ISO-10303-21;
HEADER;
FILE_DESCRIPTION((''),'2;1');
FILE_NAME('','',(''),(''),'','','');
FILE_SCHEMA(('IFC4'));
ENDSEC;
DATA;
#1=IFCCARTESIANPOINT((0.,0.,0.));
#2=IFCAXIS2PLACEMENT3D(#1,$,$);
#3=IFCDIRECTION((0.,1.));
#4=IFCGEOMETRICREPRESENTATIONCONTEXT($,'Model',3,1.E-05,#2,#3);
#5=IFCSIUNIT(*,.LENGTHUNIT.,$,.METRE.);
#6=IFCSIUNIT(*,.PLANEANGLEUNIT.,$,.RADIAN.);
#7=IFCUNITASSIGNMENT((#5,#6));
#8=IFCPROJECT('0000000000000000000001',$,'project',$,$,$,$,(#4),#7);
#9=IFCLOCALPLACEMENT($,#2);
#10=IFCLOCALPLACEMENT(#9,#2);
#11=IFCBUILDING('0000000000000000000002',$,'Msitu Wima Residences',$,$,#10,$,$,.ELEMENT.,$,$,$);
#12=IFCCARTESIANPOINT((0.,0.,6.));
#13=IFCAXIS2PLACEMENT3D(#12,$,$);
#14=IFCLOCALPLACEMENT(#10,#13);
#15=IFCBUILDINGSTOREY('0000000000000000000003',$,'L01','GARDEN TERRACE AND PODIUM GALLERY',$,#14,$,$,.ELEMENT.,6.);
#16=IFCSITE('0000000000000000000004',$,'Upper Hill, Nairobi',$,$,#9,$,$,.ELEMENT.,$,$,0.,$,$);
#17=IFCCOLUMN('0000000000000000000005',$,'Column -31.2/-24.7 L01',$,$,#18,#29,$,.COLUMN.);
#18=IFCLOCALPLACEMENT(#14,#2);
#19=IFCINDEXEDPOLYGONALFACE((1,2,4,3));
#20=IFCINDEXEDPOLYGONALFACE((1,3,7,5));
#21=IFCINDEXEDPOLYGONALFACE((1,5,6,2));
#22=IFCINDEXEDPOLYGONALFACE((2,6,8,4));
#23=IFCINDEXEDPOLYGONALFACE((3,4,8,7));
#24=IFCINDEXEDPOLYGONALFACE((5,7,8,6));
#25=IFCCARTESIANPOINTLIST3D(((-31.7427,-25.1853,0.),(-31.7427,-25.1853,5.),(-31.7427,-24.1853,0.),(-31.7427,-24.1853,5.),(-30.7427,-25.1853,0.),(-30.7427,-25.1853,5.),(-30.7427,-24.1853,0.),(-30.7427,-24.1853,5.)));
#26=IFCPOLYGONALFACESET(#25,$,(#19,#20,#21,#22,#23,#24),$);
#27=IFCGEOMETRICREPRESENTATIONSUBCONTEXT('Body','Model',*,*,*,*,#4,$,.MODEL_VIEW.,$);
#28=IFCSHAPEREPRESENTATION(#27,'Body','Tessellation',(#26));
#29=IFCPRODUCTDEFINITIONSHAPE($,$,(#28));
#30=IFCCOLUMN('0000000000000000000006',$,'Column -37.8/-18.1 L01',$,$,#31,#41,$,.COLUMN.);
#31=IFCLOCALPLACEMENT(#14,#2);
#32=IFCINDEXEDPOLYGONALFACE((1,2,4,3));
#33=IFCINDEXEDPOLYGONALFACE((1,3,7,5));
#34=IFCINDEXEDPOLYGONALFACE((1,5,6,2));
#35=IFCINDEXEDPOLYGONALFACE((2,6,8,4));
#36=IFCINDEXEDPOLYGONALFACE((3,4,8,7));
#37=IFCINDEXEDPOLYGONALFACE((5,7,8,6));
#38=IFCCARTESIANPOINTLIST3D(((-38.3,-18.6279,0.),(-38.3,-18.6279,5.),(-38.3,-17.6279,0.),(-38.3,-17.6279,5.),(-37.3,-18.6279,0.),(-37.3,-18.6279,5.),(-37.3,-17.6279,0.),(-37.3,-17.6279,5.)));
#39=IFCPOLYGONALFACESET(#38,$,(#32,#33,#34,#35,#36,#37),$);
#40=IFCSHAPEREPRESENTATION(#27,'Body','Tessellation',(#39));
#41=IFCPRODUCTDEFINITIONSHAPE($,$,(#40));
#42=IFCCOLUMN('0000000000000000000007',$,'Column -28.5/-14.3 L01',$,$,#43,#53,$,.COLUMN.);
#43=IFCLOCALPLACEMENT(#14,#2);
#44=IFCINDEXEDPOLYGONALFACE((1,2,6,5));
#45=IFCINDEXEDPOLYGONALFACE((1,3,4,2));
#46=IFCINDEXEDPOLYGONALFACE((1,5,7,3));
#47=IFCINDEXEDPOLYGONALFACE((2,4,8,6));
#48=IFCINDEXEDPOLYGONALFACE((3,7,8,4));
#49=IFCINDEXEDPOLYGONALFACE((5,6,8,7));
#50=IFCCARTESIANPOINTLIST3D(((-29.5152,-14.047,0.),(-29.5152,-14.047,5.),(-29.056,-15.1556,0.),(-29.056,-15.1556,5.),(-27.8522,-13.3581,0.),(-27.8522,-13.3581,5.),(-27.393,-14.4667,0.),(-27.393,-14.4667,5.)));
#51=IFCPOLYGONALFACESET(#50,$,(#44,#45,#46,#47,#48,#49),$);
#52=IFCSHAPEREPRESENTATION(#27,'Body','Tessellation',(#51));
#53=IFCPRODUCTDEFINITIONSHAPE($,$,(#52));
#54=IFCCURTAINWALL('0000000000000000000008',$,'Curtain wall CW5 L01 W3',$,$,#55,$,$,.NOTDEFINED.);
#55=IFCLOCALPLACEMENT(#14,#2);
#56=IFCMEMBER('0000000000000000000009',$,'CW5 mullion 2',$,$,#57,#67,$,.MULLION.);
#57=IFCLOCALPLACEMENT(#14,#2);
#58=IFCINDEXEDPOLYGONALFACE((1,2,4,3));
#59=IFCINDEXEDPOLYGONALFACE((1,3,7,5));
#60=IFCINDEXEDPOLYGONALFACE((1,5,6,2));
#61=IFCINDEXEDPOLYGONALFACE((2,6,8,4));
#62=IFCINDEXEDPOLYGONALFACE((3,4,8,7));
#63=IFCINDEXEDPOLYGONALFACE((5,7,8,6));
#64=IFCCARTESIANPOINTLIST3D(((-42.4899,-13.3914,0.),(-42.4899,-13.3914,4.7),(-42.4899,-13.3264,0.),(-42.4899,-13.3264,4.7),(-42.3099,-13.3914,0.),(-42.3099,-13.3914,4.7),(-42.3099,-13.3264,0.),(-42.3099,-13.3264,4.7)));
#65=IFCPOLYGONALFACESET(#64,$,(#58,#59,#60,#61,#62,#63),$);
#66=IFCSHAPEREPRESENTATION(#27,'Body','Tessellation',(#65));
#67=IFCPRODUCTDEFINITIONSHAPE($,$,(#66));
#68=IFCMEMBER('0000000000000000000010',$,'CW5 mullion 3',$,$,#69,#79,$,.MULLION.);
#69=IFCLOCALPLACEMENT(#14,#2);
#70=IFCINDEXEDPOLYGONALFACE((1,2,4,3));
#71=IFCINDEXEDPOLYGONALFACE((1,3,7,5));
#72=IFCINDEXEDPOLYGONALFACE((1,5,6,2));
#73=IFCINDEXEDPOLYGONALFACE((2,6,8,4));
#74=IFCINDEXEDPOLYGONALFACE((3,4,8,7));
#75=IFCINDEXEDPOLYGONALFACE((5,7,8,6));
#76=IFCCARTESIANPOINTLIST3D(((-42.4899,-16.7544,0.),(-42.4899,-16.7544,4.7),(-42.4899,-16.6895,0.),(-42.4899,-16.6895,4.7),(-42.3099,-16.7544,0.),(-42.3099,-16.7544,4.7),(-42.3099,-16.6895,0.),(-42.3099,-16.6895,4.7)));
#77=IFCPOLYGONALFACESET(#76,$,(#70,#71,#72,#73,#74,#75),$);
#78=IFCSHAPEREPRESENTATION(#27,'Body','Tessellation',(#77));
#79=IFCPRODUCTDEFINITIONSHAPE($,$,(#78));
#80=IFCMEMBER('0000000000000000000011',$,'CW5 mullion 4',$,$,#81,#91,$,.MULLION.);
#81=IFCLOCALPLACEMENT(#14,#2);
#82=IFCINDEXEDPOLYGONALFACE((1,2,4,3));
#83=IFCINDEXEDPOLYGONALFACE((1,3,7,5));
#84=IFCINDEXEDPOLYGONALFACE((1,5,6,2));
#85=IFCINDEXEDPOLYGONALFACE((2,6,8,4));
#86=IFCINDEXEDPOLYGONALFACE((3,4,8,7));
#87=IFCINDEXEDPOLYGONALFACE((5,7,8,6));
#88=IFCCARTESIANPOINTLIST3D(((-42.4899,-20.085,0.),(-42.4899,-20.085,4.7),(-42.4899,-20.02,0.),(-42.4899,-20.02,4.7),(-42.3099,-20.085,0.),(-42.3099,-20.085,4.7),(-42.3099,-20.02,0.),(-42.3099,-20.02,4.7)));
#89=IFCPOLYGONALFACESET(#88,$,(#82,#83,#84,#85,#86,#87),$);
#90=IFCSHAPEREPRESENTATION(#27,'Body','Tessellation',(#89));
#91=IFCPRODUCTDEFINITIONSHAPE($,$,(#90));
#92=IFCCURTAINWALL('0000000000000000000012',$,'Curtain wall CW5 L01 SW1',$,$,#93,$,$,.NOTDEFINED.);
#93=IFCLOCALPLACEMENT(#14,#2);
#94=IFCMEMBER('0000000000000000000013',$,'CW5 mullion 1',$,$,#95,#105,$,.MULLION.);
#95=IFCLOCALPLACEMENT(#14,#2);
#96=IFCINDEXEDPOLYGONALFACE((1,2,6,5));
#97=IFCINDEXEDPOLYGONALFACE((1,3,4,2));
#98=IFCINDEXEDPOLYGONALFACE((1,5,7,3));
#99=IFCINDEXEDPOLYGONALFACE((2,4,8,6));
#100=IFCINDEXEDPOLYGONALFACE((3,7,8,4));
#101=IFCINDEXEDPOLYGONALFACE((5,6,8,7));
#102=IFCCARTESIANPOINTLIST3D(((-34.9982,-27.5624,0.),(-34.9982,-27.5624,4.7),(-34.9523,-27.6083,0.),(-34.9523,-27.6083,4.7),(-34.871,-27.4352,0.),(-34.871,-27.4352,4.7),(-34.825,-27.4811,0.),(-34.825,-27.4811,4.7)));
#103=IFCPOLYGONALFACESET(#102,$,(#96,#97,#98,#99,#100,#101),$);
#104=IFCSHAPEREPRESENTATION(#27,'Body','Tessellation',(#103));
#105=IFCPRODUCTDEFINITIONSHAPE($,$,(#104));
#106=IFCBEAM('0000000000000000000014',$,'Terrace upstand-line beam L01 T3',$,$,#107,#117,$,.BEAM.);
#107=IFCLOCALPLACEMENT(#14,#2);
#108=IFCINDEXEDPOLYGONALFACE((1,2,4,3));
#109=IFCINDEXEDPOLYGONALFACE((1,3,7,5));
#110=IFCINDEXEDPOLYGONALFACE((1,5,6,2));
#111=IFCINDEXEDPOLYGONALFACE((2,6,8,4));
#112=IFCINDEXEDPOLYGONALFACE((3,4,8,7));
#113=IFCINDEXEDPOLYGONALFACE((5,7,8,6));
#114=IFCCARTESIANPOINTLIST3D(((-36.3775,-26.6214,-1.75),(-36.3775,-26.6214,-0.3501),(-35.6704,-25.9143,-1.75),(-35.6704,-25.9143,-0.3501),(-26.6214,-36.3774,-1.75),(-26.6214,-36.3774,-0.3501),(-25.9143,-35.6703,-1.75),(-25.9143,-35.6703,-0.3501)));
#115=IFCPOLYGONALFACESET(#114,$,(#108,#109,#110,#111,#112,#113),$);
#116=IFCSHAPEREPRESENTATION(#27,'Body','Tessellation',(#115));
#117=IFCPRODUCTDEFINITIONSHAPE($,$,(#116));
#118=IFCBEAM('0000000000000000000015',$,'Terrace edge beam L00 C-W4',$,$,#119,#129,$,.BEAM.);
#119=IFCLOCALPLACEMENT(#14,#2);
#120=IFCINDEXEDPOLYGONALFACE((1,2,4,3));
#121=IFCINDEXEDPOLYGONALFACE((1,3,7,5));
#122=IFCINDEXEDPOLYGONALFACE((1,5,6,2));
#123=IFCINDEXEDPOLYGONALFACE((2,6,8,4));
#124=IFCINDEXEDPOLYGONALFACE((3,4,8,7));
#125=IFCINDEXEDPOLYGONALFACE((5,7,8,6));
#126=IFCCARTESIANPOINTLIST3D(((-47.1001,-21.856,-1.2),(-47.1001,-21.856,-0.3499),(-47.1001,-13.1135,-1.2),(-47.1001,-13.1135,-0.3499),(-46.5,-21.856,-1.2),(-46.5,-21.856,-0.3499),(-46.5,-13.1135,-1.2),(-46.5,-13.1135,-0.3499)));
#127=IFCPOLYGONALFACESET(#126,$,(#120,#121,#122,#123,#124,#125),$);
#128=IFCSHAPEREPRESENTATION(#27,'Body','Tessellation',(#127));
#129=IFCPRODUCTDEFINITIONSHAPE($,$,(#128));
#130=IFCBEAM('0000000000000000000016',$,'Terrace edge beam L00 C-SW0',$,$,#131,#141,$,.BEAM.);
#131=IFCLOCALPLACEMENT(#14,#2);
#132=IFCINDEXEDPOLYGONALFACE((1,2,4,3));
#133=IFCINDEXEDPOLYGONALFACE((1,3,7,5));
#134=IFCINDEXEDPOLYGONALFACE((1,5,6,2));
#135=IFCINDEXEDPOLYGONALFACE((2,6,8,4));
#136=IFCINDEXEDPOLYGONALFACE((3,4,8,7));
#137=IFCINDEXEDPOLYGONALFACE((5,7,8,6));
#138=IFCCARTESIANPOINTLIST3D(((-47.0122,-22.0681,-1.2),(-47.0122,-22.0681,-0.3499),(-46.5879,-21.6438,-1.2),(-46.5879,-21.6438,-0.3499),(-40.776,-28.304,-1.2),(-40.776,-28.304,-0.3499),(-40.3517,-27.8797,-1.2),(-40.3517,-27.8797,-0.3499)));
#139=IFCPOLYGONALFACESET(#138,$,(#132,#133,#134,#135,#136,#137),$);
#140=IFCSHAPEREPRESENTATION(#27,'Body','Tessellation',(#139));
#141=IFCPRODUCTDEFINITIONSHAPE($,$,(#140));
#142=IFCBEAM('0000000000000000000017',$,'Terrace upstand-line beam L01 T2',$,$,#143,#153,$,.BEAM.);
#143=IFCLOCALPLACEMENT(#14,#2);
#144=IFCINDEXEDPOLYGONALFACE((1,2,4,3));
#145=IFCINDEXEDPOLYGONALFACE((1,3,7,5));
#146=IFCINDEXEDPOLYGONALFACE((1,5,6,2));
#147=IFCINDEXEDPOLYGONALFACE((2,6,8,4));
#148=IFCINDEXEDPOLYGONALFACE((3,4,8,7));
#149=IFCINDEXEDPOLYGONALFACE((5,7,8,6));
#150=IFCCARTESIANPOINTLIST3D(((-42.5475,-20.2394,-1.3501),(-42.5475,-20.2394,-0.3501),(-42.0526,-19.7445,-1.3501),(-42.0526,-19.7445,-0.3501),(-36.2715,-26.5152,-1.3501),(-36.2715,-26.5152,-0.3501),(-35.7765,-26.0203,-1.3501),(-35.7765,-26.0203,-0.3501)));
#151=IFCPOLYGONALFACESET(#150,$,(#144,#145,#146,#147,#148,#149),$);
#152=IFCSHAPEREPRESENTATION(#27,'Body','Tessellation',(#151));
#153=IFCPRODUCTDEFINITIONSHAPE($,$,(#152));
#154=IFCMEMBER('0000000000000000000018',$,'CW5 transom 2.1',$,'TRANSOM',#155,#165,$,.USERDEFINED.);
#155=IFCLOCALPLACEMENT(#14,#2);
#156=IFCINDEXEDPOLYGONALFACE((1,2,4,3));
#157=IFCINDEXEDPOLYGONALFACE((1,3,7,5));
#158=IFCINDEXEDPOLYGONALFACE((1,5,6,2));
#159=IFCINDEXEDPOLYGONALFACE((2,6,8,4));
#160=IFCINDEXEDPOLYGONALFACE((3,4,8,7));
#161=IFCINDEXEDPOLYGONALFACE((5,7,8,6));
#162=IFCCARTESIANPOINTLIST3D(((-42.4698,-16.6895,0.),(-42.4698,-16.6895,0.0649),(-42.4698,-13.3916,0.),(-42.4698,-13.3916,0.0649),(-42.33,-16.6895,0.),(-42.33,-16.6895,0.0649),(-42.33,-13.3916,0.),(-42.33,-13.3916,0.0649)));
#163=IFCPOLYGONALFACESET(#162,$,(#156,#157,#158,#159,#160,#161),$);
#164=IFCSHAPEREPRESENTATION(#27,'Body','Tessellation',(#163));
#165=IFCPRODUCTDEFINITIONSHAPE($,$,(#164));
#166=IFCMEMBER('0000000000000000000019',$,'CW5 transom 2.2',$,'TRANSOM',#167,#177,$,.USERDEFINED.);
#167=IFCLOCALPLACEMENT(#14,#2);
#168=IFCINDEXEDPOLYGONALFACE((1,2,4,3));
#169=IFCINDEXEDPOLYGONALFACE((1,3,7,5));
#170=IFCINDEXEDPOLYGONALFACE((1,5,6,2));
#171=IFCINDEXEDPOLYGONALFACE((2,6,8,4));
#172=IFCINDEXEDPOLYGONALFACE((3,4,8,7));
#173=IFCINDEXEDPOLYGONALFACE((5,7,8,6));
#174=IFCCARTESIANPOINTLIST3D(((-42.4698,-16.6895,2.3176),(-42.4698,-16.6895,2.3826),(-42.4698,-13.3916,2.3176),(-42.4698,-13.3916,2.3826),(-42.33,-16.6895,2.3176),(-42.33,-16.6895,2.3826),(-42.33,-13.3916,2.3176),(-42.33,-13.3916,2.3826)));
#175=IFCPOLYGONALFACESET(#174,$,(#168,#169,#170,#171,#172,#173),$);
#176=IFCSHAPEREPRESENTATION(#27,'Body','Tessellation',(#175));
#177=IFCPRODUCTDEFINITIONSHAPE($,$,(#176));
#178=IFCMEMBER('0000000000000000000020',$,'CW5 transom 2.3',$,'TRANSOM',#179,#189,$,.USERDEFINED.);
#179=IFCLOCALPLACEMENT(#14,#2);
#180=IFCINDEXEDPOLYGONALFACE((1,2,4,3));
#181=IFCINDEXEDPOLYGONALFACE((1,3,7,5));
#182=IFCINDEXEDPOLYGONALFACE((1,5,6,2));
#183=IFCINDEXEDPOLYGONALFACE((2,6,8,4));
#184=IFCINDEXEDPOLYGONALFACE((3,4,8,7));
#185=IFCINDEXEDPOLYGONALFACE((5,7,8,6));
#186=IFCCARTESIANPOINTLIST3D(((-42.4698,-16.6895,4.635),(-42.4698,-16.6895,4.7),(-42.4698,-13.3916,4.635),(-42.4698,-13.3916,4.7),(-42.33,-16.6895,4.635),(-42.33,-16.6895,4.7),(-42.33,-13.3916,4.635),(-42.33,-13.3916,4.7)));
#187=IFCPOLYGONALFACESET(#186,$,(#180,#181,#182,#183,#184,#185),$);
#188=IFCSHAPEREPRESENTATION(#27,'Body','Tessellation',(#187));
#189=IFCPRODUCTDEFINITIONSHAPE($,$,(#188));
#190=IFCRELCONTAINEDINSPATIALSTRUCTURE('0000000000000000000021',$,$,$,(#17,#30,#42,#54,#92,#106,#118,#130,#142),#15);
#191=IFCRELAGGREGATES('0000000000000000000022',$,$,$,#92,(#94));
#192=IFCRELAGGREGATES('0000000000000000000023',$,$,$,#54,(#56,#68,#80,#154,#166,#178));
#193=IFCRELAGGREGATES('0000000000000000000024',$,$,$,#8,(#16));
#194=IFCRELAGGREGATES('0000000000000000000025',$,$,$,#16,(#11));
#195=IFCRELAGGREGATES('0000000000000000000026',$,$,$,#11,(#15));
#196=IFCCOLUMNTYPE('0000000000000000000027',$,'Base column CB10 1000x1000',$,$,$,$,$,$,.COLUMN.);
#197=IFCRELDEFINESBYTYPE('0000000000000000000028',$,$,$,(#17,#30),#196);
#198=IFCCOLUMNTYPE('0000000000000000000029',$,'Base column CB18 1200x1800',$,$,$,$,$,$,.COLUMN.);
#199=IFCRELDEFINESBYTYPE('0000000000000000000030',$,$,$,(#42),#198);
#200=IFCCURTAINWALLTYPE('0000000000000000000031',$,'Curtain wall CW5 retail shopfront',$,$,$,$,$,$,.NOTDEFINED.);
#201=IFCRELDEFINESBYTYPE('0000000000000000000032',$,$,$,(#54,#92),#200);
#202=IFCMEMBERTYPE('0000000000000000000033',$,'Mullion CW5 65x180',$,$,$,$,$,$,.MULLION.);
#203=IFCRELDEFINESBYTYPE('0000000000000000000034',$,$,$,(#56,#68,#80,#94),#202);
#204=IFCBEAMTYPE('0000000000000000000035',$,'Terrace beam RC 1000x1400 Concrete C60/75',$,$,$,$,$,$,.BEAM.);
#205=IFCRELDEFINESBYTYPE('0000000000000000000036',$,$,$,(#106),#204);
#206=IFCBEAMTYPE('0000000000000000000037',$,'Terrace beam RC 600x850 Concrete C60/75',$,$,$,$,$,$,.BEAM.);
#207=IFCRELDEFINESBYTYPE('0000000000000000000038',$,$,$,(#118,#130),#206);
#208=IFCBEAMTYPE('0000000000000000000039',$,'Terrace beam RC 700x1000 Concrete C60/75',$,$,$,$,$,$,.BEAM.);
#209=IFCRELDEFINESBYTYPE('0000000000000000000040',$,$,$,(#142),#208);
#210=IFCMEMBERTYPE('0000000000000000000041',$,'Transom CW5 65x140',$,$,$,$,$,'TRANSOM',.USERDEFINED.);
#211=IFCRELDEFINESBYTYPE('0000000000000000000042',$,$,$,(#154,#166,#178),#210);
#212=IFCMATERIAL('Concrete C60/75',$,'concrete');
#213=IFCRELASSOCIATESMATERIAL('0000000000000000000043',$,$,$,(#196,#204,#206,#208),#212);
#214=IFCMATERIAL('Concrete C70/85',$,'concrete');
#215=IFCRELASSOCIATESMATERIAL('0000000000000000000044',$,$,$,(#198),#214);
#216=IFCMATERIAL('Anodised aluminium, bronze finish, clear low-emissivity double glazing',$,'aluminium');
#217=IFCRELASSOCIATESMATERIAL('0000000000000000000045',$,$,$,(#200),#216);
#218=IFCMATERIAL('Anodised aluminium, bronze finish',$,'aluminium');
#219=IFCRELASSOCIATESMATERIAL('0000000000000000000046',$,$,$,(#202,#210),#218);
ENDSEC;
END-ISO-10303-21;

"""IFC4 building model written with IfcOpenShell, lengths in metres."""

from ifc_helpers import new_model, si_unit, direction, frame, origin, origin_2d, place, context, subcontext, project, spatial, rectangle, extrude, material, material_profile, profile_set, type_object, element, aggregate, save


model = new_model("IFC4")

# Units and contexts
model_context = context("Model", 3, precision=1e-05, world=origin(), true_north=direction((0.0, 1.0)))
body_context = subcontext(model_context, "Body", "Model", "MODEL_VIEW")
ifc_project = project(units=[si_unit("LENGTHUNIT", "METRE"), si_unit("PLANEANGLEUNIT", "RADIAN")], contexts=[model_context])

# Site, building, storey
site_placement = place(None, origin())
site = spatial("IfcSite", under=ifc_project, at=site_placement, Name="Upper Hill, Nairobi", CompositionType="ELEMENT", RefElevation=0.0)
building_placement = place(site_placement, origin())
building = spatial("IfcBuilding", under=site, at=building_placement, Name="Msitu Wima Residences", CompositionType="ELEMENT")
storey_placement = place(building_placement, frame((0.0, 0.0, 6.0)))
storey = spatial("IfcBuildingStorey", under=building, at=storey_placement, Name="L01", Description="GARDEN TERRACE AND PODIUM GALLERY", CompositionType="ELEMENT", Elevation=6.0)

# Columns
ifc_material_1 = material(Name="Concrete C60/75", Category="concrete")
ifc_material_profile_1 = material_profile(ifc_material_1, rectangle(XDim=1.0, YDim=1.0, at=origin_2d()), Name="RC 1000x1000")
ifc_profile_set_1 = profile_set([ifc_material_profile_1], Name="Concrete C60/75")
column_type_1 = type_object("IfcColumnType", Name="Base column CB10 1000x1000", PredefinedType="COLUMN", material=ifc_profile_set_1)
for number, where, z_axis, x_axis, name in (
    (1, (-31.2427, -24.6853, 0.0), (0.0, 0.0, 1.0), (1.0, 0.0, 0.0), "Column -31.2/-24.7 L01"),
    (2, (-37.8, -18.1279, 0.0), (0.0, 0.0, 1.0), (1.0, 0.0, 0.0), "Column -37.8/-18.1 L01"),
):
    element("IfcColumn", number, at=place(storey_placement, frame(where, z_axis=z_axis, x_axis=x_axis)), inside=storey, type_object=column_type_1, Name=name, PredefinedType="COLUMN", context=body_context, shape_type="SweptSolid", body=[
        extrude(rectangle(XDim=1.0, YDim=1.0, at=origin_2d()), origin(), (0.0, 0.0, 1.0), 5.0),
    ])
ifc_material_2 = material(Name="Concrete C70/85", Category="concrete")
ifc_material_profile_2 = material_profile(ifc_material_2, rectangle(XDim=1.2, YDim=1.8, at=origin_2d()), Name="RC 1200x1800")
ifc_profile_set_2 = profile_set([ifc_material_profile_2], Name="Concrete C70/85")
column_type_2 = type_object("IfcColumnType", Name="Base column CB18 1200x1800", PredefinedType="COLUMN", material=ifc_profile_set_2)
column_placement = place(storey_placement, frame((-28.4541, -14.2568, 0.0), z_axis=(0.0, 0.0, 1.0), x_axis=(0.382683, -0.92388, 0.0)))
element("IfcColumn", 3, at=column_placement, inside=storey, type_object=column_type_2, Name="Column -28.5/-14.3 L01", PredefinedType="COLUMN", context=body_context, shape_type="SweptSolid", body=[
    extrude(rectangle(XDim=1.2, YDim=1.8, at=origin_2d()), origin(), (0.0, 0.0, 1.0), 5.0),
])

# Curtain wall, members
ifc_material_3 = material(Name="Anodised aluminium, bronze finish, clear low-emissivity double glazing", Category="aluminium")
curtain_wall_type = type_object("IfcCurtainWallType", Name="Curtain wall CW5 retail shopfront", PredefinedType="NOTDEFINED", material=ifc_material_3)
curtain_wall_1_placement = place(storey_placement, origin())
curtain_wall_1 = element("IfcCurtainWall", 4, at=curtain_wall_1_placement, inside=storey, type_object=curtain_wall_type, Name="Curtain wall CW5 L01 W3", PredefinedType="NOTDEFINED")
ifc_material_4 = material(Name="Anodised aluminium, bronze finish", Category="aluminium")
ifc_material_profile_3 = material_profile(ifc_material_4, rectangle(XDim=0.1799, YDim=0.0649, at=origin_2d()), Name="Mullion 65x180")
ifc_profile_set_3 = profile_set([ifc_material_profile_3], Name="Anodised aluminium, bronze finish")
member_type_1 = type_object("IfcMemberType", Name="Mullion CW5 65x180", PredefinedType="MULLION", material=ifc_profile_set_3)
member_1_placement = place(storey_placement, frame((-42.3999, -13.3589, 0.0), z_axis=(0.0, 0.0, 1.0), x_axis=(1.0, 0.0, 0.0)))
member_1 = element("IfcMember", 5, at=member_1_placement, type_object=member_type_1, Name="CW5 mullion 2", PredefinedType="MULLION", context=body_context, shape_type="SweptSolid", body=[
    extrude(rectangle(XDim=0.1799, YDim=0.0649, at=origin_2d()), origin(), (0.0, 0.0, 1.0), 4.7),
])
member_2_placement = place(storey_placement, frame((-42.3999, -16.7219, 0.0), z_axis=(0.0, 0.0, 1.0), x_axis=(1.0, 0.0, 0.0)))
member_2 = element("IfcMember", 6, at=member_2_placement, type_object=member_type_1, Name="CW5 mullion 3", PredefinedType="MULLION", context=body_context, shape_type="SweptSolid", body=[
    extrude(rectangle(XDim=0.1799, YDim=0.0649, at=origin_2d()), origin(), (0.0, 0.0, 1.0), 4.7),
])
member_3_placement = place(storey_placement, frame((-42.3999, -20.0525, 0.0), z_axis=(0.0, 0.0, 1.0), x_axis=(1.0, 0.0, 0.0)))
member_3 = element("IfcMember", 7, at=member_3_placement, type_object=member_type_1, Name="CW5 mullion 4", PredefinedType="MULLION", context=body_context, shape_type="SweptSolid", body=[
    extrude(rectangle(XDim=0.1799, YDim=0.0649, at=origin_2d()), origin(), (0.0, 0.0, 1.0), 4.7),
])

# Curtain wall, member
curtain_wall_2_placement = place(storey_placement, origin())
curtain_wall_2 = element("IfcCurtainWall", 8, at=curtain_wall_2_placement, inside=storey, type_object=curtain_wall_type, Name="Curtain wall CW5 L01 SW1", PredefinedType="NOTDEFINED")
member_4_placement = place(storey_placement, frame((-34.9116, -27.5217, 0.0), z_axis=(0.0, 0.0, 1.0), x_axis=(0.707107, 0.707107, 0.0)))
member_4 = element("IfcMember", 9, at=member_4_placement, type_object=member_type_1, Name="CW5 mullion 1", PredefinedType="MULLION", context=body_context, shape_type="SweptSolid", body=[
    extrude(rectangle(XDim=0.1799, YDim=0.0649, at=origin_2d()), origin(), (0.0, 0.0, 1.0), 4.7),
])
aggregate(curtain_wall_2, [member_4])

# Beams
ifc_material_profile_4 = material_profile(ifc_material_1, rectangle(XDim=1.0, YDim=1.3999, at=origin_2d()), Name="RC 1000x1400")
ifc_profile_set_4 = profile_set([ifc_material_profile_4], Name="Concrete C60/75")
beam_type_1 = type_object("IfcBeamType", Name="Terrace beam RC 1000x1400 Concrete C60/75", PredefinedType="BEAM", material=ifc_profile_set_4)
beam_1_placement = place(storey_placement, frame((-36.0239, -26.2678, -1.05), z_axis=(0.707107, -0.707107, 0.0), x_axis=(0.707107, 0.707107, 0.0)))
element("IfcBeam", 10, at=beam_1_placement, inside=storey, type_object=beam_type_1, Name="Terrace upstand-line beam L01 T3", PredefinedType="BEAM", context=body_context, shape_type="SweptSolid", body=[
    extrude(rectangle(XDim=1.0, YDim=1.3999, at=origin_2d()), origin(), (0.0, 0.0, 1.0), 13.7971),
])
ifc_material_profile_5 = material_profile(ifc_material_1, rectangle(XDim=0.6001, YDim=0.8501, at=origin_2d()), Name="RC 600x850")
ifc_profile_set_5 = profile_set([ifc_material_profile_5], Name="Concrete C60/75")
beam_type_2 = type_object("IfcBeamType", Name="Terrace beam RC 600x850 Concrete C60/75", PredefinedType="BEAM", material=ifc_profile_set_5)
beam_2_placement = place(storey_placement, frame((-46.8, -13.1135, -0.7749), z_axis=(0.0, -1.0, 0.0), x_axis=(1.0, 0.0, 0.0)))
element("IfcBeam", 11, at=beam_2_placement, inside=storey, type_object=beam_type_2, Name="Terrace edge beam L00 C-W4", PredefinedType="BEAM", context=body_context, shape_type="SweptSolid", body=[
    extrude(rectangle(XDim=0.6001, YDim=0.8501, at=origin_2d()), origin(), (0.0, 0.0, 1.0), 8.7424),
])
beam_3_placement = place(storey_placement, frame((-46.8, -21.856, -0.7749), z_axis=(0.707121, -0.707093, 0.0), x_axis=(0.707093, 0.707121, 0.0)))
element("IfcBeam", 12, at=beam_3_placement, inside=storey, type_object=beam_type_2, Name="Terrace edge beam L00 C-SW0", PredefinedType="BEAM", context=body_context, shape_type="SweptSolid", body=[
    extrude(rectangle(XDim=0.6001, YDim=0.8501, at=origin_2d()), origin(), (0.0, 0.0, 1.0), 8.8191),
])
ifc_material_profile_6 = material_profile(ifc_material_1, rectangle(XDim=0.7, YDim=1.0, at=origin_2d()), Name="RC 700x1000")
ifc_profile_set_6 = profile_set([ifc_material_profile_6], Name="Concrete C60/75")
beam_type_3 = type_object("IfcBeamType", Name="Terrace beam RC 700x1000 Concrete C60/75", PredefinedType="BEAM", material=ifc_profile_set_6)
beam_4_placement = place(storey_placement, frame((-42.3, -19.9919, -0.8501), z_axis=(0.707121, -0.707093, 0.0), x_axis=(0.707093, 0.707121, 0.0)))
element("IfcBeam", 13, at=beam_4_placement, inside=storey, type_object=beam_type_3, Name="Terrace upstand-line beam L01 T2", PredefinedType="BEAM", context=body_context, shape_type="SweptSolid", body=[
    extrude(rectangle(XDim=0.7, YDim=1.0, at=origin_2d()), origin(), (0.0, 0.0, 1.0), 8.8755),
])

# Members
ifc_material_profile_7 = material_profile(ifc_material_4, rectangle(XDim=0.1399, YDim=0.0649, at=origin_2d()), Name="Transom 65x140")
ifc_profile_set_7 = profile_set([ifc_material_profile_7], Name="Anodised aluminium, bronze finish")
member_type_2 = type_object("IfcMemberType", Name="Transom CW5 65x140", ElementType="TRANSOM", PredefinedType="USERDEFINED", material=ifc_profile_set_7)
member_5_placement = place(storey_placement, frame((-42.3999, -13.3916, 0.0325), z_axis=(0.0, -1.0, 0.0), x_axis=(1.0, 0.0, 0.0)))
member_5 = element("IfcMember", 14, at=member_5_placement, type_object=member_type_2, Name="CW5 transom 2.1", ObjectType="TRANSOM", PredefinedType="USERDEFINED", context=body_context, shape_type="SweptSolid", body=[
    extrude(rectangle(XDim=0.1399, YDim=0.0649, at=origin_2d()), origin(), (0.0, 0.0, 1.0), 3.2979),
])
member_6_placement = place(storey_placement, frame((-42.3999, -13.3916, 2.3501), z_axis=(0.0, -1.0, 0.0), x_axis=(1.0, 0.0, 0.0)))
member_6 = element("IfcMember", 15, at=member_6_placement, type_object=member_type_2, Name="CW5 transom 2.2", ObjectType="TRANSOM", PredefinedType="USERDEFINED", context=body_context, shape_type="SweptSolid", body=[
    extrude(rectangle(XDim=0.1399, YDim=0.0649, at=origin_2d()), origin(), (0.0, 0.0, 1.0), 3.2979),
])
member_7_placement = place(storey_placement, frame((-42.3999, -13.3916, 4.6675), z_axis=(0.0, -1.0, 0.0), x_axis=(1.0, 0.0, 0.0)))
member_7 = element("IfcMember", 16, at=member_7_placement, type_object=member_type_2, Name="CW5 transom 2.3", ObjectType="TRANSOM", PredefinedType="USERDEFINED", context=body_context, shape_type="SweptSolid", body=[
    extrude(rectangle(XDim=0.1399, YDim=0.0649, at=origin_2d()), origin(), (0.0, 0.0, 1.0), 3.2979),
])

aggregate(curtain_wall_1, [member_1, member_2, member_3, member_5, member_6, member_7])

save(model, "model.ifc")
